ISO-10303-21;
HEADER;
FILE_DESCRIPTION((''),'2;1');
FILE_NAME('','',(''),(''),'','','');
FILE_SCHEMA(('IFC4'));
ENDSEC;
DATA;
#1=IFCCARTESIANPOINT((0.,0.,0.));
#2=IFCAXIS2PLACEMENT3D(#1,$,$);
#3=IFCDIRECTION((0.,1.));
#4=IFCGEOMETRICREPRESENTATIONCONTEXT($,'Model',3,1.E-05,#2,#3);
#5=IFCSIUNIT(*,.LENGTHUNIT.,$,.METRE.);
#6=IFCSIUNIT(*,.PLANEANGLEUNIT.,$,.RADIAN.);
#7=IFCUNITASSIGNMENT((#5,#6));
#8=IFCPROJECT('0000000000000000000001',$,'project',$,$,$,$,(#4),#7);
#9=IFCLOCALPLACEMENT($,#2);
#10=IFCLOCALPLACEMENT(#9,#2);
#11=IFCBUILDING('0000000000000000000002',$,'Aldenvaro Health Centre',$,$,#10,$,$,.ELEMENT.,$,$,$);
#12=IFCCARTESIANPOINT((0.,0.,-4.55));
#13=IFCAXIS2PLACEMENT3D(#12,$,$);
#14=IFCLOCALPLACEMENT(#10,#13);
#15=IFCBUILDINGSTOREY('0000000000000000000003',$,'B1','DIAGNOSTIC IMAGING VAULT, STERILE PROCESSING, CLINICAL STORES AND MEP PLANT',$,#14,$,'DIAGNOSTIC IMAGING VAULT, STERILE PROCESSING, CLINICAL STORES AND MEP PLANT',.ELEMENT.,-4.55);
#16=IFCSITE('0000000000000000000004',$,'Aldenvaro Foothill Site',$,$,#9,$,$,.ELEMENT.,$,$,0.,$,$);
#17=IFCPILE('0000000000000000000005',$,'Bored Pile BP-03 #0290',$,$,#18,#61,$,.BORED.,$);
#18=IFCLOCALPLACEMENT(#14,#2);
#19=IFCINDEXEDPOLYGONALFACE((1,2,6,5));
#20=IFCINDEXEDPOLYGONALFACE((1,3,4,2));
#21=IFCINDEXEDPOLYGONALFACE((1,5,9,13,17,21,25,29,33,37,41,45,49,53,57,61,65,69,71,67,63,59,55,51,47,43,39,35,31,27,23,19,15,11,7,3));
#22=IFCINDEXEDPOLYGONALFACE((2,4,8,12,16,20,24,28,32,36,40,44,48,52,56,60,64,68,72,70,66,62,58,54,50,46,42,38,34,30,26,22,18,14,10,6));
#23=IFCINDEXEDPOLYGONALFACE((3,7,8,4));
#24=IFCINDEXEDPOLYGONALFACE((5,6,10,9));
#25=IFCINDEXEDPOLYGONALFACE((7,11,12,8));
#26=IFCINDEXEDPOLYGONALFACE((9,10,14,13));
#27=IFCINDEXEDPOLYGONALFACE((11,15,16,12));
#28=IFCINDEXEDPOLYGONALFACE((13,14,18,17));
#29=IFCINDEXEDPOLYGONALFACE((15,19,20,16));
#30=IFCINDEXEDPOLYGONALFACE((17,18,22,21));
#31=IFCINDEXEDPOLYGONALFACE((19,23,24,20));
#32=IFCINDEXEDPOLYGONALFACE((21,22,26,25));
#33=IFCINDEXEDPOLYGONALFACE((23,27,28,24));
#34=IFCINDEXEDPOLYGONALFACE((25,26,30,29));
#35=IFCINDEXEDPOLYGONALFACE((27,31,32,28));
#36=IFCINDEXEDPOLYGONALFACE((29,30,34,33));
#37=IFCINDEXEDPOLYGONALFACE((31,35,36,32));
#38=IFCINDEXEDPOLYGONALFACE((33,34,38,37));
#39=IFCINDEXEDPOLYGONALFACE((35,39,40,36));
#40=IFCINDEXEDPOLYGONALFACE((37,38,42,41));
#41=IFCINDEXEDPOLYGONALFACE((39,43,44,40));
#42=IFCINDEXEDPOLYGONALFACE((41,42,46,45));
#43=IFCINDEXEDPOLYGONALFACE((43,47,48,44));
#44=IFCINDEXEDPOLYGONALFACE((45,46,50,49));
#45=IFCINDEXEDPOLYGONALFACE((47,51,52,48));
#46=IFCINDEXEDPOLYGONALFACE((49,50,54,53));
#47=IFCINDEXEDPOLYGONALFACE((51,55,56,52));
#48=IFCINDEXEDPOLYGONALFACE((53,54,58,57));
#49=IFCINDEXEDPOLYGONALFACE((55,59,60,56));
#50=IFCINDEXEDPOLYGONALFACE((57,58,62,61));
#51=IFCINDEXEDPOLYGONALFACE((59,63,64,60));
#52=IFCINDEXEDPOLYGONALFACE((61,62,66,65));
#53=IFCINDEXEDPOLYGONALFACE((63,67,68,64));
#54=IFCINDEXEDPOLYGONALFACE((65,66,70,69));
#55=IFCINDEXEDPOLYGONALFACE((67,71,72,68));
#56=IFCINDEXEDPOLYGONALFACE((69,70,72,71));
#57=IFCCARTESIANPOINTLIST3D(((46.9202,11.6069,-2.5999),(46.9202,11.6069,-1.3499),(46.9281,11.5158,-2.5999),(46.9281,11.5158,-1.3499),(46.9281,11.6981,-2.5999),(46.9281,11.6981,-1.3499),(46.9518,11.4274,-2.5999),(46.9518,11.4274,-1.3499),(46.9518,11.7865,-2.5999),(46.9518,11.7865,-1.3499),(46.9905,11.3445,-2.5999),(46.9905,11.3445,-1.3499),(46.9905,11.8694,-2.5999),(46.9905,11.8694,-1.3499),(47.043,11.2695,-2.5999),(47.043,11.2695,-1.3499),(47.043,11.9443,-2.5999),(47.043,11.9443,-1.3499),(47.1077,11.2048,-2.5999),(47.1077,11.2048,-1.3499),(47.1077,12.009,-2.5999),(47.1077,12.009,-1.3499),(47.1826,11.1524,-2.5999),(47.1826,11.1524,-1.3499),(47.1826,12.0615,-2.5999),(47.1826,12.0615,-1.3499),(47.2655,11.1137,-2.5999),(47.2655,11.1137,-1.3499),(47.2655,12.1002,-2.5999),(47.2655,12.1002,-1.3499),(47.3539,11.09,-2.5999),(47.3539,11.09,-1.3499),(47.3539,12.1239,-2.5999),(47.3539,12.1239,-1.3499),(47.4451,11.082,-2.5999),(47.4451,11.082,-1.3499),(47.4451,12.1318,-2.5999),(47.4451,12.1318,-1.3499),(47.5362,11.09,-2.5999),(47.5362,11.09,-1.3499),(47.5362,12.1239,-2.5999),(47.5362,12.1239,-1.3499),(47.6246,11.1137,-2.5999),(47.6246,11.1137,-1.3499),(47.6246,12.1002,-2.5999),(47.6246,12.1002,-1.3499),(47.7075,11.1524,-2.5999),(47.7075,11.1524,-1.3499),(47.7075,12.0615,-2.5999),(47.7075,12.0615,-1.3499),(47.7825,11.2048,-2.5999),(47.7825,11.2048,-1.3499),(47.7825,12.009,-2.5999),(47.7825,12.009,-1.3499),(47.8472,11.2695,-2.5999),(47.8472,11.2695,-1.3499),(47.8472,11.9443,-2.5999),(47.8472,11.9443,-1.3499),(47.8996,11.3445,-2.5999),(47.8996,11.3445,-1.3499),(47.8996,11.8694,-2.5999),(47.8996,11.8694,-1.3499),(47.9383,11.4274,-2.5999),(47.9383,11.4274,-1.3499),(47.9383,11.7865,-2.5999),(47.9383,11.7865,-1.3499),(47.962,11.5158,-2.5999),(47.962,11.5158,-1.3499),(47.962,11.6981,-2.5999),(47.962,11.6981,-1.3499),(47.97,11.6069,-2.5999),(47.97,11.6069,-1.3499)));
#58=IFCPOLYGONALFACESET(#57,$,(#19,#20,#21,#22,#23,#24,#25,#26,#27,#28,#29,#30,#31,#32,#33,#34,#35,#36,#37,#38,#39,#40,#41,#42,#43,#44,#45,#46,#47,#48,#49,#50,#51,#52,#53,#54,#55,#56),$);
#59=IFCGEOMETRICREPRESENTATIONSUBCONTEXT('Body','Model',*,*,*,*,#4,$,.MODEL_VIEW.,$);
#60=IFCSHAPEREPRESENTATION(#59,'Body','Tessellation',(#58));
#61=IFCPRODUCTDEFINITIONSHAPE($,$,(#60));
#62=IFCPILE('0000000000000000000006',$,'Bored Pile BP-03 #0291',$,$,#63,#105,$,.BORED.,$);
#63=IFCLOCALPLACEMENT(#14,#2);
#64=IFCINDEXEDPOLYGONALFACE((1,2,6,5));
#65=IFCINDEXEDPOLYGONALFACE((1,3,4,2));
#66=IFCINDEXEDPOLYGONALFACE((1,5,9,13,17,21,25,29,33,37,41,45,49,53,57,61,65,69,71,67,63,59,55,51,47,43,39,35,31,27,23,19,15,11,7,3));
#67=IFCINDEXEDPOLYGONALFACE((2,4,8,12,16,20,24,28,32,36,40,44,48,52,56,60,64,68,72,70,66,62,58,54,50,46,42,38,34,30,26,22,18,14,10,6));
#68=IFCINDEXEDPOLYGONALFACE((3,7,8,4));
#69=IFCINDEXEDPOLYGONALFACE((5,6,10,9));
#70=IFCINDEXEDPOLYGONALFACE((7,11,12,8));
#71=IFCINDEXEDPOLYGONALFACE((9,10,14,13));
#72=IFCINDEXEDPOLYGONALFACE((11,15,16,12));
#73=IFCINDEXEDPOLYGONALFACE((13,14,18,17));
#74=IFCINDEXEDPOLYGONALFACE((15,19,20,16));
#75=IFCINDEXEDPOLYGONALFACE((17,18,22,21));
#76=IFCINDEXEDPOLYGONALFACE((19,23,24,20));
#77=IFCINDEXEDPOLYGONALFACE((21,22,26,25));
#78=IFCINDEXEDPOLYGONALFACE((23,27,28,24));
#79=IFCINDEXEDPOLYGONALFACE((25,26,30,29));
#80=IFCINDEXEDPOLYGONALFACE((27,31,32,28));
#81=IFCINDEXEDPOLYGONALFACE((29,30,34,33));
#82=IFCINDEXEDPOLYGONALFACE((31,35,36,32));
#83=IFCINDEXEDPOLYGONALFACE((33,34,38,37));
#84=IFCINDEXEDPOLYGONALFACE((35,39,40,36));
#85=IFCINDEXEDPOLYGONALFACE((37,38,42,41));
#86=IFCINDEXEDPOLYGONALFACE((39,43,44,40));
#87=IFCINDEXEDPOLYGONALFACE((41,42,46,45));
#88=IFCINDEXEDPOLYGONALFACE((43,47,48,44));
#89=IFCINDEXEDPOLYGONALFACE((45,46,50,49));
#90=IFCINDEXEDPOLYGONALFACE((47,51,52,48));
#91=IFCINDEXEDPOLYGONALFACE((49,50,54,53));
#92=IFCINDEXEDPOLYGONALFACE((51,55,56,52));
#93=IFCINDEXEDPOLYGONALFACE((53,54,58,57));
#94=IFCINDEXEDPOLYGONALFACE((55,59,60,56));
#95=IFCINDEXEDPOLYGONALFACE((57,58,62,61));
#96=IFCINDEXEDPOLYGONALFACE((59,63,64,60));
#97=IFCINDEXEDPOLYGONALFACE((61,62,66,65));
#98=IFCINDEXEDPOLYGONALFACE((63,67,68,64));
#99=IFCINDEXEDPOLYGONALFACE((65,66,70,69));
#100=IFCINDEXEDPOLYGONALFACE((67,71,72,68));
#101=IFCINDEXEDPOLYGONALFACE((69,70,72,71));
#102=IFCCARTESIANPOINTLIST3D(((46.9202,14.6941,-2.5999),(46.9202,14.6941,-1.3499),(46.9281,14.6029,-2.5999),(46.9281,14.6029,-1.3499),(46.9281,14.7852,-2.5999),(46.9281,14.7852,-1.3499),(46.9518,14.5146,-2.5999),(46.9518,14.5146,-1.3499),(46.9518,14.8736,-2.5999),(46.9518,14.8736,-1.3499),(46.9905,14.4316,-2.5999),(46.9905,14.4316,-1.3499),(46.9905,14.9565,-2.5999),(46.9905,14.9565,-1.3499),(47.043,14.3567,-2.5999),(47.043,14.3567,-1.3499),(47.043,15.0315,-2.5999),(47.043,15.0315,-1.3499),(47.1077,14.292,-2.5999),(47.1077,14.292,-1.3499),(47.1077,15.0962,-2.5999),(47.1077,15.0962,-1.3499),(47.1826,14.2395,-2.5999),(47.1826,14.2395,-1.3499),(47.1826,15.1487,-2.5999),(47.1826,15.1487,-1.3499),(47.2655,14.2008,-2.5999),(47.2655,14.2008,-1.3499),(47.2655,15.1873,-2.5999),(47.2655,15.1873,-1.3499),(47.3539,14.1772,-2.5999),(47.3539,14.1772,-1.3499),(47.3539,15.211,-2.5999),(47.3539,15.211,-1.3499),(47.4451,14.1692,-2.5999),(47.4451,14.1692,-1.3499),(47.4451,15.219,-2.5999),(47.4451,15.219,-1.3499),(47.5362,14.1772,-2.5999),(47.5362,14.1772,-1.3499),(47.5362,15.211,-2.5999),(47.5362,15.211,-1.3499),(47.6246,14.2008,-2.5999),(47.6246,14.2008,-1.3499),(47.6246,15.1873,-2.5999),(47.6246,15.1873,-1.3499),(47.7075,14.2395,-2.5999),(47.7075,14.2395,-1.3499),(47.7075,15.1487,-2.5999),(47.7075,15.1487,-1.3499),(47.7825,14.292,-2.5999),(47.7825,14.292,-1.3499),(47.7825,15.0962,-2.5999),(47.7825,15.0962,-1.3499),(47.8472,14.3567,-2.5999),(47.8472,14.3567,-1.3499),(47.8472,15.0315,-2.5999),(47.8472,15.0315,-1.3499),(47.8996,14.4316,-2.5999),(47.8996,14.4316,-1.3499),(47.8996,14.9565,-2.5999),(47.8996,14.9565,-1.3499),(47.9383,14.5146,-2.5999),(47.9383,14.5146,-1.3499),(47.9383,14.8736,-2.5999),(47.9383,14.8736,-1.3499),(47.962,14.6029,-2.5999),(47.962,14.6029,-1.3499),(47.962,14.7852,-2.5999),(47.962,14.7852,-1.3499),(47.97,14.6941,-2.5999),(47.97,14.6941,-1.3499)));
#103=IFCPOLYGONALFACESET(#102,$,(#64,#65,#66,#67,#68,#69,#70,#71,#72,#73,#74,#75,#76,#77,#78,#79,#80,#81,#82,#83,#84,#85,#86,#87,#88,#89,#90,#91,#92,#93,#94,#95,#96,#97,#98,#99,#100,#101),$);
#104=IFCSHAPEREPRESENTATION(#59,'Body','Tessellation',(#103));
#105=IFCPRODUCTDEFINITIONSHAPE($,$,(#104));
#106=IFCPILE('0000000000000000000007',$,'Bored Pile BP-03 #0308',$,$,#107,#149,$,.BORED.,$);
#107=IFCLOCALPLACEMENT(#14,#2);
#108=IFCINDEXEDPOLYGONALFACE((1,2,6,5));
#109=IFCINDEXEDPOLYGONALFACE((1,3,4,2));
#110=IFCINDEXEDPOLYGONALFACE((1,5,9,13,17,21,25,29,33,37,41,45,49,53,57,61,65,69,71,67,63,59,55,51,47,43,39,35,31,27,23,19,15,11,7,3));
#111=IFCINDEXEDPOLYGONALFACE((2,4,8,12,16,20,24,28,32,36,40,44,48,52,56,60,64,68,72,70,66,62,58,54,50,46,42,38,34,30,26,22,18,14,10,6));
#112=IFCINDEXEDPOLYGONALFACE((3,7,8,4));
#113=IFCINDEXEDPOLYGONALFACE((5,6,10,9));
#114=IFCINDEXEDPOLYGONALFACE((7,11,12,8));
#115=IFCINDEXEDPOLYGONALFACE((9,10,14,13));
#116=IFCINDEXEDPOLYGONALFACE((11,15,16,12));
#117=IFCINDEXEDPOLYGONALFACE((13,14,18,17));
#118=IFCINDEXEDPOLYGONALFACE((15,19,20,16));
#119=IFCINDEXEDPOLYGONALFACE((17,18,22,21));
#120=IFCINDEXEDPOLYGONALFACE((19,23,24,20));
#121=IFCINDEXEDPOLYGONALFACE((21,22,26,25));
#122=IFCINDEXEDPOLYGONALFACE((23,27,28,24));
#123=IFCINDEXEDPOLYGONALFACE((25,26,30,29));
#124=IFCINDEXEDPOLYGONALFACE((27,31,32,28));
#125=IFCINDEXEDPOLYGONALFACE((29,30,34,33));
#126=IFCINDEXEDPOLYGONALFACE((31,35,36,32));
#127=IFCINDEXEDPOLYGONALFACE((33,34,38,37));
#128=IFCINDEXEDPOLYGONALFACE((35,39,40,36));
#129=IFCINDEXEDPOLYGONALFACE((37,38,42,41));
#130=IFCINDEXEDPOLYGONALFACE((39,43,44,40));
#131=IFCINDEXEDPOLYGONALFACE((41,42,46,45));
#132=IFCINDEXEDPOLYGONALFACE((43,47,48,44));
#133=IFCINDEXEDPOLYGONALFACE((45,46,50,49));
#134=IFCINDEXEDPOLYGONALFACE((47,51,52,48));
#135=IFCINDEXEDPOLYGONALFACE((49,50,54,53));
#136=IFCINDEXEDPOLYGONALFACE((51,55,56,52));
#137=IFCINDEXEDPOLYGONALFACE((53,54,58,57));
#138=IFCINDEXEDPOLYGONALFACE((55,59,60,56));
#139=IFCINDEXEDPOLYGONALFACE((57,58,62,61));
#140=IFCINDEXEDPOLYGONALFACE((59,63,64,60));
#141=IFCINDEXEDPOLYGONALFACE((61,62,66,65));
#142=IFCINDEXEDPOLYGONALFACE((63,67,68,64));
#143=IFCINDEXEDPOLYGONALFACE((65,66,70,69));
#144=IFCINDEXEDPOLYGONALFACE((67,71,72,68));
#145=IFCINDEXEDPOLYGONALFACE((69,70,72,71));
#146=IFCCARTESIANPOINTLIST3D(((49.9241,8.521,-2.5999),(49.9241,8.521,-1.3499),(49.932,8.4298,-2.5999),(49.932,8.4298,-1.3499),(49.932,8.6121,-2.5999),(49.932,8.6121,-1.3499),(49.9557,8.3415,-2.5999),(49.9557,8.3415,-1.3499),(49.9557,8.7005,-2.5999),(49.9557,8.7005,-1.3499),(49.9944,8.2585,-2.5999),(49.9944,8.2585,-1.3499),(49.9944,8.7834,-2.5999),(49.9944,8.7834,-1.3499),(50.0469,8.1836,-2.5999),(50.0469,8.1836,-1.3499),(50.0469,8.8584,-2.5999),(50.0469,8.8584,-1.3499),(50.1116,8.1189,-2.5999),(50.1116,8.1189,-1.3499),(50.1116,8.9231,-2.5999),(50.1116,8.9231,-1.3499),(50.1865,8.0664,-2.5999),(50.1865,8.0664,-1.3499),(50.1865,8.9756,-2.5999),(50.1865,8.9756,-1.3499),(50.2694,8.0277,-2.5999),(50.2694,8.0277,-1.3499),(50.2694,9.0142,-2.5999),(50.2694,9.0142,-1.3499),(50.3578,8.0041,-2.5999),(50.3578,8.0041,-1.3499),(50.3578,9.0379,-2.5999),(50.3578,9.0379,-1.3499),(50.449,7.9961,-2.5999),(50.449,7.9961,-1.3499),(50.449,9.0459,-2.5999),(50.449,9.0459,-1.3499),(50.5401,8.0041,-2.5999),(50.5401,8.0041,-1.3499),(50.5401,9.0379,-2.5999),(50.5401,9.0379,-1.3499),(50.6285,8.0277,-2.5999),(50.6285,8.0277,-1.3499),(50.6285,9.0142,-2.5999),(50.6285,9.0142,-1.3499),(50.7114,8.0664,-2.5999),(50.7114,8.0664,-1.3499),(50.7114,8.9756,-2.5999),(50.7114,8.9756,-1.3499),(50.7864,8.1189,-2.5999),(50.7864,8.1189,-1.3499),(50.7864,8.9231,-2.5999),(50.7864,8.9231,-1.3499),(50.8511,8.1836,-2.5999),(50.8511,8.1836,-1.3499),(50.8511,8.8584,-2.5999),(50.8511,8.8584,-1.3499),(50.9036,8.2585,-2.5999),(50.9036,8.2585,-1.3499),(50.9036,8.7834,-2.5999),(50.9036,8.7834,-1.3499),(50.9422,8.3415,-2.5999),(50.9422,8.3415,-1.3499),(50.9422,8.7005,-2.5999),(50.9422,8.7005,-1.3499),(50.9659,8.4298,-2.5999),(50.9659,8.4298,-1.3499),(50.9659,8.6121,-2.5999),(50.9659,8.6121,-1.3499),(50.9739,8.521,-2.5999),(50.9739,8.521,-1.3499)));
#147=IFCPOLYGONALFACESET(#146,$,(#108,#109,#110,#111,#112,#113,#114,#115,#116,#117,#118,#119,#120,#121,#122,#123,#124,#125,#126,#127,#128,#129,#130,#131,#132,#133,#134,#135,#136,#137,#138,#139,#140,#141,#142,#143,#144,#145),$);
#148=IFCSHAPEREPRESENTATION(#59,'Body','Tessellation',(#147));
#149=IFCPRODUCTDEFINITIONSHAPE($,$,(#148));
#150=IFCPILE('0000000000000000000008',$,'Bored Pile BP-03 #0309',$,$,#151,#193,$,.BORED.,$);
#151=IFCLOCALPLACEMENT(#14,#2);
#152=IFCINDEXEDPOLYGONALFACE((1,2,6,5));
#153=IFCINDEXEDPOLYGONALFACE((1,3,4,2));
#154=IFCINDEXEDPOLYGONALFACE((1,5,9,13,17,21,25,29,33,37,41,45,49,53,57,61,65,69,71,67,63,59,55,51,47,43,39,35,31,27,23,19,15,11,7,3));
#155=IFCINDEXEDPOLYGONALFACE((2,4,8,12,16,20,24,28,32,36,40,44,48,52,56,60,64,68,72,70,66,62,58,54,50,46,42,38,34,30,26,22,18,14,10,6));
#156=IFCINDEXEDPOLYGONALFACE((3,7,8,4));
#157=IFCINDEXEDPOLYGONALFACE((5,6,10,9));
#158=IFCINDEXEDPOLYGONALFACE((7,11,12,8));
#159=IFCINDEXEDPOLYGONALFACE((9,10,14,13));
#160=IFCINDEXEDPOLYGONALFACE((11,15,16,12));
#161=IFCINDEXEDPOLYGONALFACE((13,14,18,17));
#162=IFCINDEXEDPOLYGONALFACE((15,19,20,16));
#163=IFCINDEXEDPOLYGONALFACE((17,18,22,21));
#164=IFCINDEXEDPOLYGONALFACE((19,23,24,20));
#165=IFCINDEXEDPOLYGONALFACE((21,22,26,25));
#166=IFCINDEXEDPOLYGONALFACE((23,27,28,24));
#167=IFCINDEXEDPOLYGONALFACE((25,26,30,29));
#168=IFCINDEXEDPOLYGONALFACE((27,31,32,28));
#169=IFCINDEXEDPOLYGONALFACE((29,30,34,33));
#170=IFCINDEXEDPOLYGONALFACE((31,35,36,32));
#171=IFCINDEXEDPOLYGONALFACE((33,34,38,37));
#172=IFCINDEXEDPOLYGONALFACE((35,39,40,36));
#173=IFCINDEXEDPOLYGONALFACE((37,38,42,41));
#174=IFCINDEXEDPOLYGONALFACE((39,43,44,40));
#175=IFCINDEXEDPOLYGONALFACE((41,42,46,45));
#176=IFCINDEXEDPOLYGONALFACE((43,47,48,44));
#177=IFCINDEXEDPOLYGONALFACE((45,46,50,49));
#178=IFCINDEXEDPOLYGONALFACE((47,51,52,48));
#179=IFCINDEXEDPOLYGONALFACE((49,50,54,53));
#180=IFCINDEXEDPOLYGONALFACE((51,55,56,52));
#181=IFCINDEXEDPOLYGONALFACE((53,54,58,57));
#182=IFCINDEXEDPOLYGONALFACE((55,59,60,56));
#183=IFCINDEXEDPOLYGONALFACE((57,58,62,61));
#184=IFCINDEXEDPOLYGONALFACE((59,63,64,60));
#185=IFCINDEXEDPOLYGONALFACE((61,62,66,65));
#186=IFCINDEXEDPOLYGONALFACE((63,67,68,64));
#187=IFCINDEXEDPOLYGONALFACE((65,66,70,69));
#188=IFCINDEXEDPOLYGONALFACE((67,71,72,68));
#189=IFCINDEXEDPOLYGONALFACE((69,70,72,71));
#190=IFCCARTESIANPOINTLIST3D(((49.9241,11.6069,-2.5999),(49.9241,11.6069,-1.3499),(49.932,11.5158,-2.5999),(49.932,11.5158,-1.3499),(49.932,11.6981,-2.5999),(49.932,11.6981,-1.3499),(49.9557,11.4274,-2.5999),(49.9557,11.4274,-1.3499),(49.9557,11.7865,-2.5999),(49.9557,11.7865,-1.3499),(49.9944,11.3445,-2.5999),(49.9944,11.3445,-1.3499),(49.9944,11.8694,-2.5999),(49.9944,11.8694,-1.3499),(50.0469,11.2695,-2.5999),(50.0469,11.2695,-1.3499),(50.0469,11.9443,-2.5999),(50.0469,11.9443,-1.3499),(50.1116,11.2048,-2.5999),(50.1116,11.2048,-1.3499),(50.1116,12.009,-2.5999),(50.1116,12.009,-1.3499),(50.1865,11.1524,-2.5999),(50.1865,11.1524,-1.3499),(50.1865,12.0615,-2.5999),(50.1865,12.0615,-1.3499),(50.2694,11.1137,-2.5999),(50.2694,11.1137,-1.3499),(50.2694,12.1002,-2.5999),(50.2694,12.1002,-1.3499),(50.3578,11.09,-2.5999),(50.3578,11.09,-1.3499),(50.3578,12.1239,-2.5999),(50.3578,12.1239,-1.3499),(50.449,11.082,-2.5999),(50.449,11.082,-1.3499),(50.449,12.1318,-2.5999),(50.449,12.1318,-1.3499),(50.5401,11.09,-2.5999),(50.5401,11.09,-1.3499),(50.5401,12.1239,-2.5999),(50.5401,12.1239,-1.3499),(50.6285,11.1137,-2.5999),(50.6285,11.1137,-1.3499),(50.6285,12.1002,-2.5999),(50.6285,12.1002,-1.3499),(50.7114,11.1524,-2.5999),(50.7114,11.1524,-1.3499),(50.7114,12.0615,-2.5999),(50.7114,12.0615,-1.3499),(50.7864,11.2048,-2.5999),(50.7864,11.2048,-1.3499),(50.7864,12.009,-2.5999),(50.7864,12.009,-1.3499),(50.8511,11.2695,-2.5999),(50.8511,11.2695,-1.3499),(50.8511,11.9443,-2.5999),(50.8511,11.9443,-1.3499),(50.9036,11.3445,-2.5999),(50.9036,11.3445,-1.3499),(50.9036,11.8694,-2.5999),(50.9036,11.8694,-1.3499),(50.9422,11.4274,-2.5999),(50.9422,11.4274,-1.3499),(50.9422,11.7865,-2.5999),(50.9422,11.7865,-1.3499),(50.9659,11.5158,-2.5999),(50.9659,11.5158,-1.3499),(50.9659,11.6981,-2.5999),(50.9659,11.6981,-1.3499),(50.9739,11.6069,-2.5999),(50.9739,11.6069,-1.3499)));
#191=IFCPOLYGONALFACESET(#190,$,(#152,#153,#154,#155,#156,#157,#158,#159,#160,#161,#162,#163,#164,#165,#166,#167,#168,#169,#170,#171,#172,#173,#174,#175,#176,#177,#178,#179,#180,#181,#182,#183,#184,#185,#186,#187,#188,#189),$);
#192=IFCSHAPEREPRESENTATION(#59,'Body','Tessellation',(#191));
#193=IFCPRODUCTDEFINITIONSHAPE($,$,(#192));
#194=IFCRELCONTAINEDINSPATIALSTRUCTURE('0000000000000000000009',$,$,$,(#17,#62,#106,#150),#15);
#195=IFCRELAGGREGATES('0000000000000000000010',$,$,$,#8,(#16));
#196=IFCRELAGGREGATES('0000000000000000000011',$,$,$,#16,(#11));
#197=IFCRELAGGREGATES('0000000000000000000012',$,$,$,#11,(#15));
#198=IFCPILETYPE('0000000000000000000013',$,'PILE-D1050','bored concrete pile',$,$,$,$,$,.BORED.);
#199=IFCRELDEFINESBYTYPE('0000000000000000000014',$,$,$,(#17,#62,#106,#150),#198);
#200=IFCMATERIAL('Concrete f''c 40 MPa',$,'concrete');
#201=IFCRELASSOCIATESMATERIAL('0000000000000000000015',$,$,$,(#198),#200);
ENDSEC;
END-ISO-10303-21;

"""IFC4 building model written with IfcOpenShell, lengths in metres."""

from ifc_helpers import new_model, si_unit, direction, frame, origin, origin_2d, place, context, subcontext, project, spatial, circle, extrude, material, material_profile, profile_set, type_object, element, save


model = new_model("IFC4")

# Units and contexts
model_context = context("Model", 3, precision=1e-05, world=origin(), true_north=direction((0.0, 1.0)))
body_context = subcontext(model_context, "Body", "Model", "MODEL_VIEW")
ifc_project = project(units=[si_unit("LENGTHUNIT", "METRE"), si_unit("PLANEANGLEUNIT", "RADIAN")], contexts=[model_context])

# Site, building, storey
site_placement = place(None, origin())
site = spatial("IfcSite", under=ifc_project, at=site_placement, Name="Aldenvaro Foothill Site", CompositionType="ELEMENT", RefElevation=0.0)
building_placement = place(site_placement, origin())
building = spatial("IfcBuilding", under=site, at=building_placement, Name="Aldenvaro Health Centre", CompositionType="ELEMENT")
storey_placement = place(building_placement, frame((0.0, 0.0, -4.55)))
storey = spatial("IfcBuildingStorey", under=building, at=storey_placement, Name="B1", Description="DIAGNOSTIC IMAGING VAULT, STERILE PROCESSING, CLINICAL STORES AND MEP PLANT", LongName="DIAGNOSTIC IMAGING VAULT, STERILE PROCESSING, CLINICAL STORES AND MEP PLANT", CompositionType="ELEMENT", Elevation=-4.55)

# Piles
ifc_material_1 = material(Name="Concrete f'c 40 MPa", Category="concrete")
ifc_material_profile_1 = material_profile(ifc_material_1, circle(Radius=0.5249, at=origin_2d()), Name="PILE D1050", Category="concrete")
ifc_profile_set_1 = profile_set([ifc_material_profile_1], Name="Concrete f'c 40 MPa")
pile_type = type_object("IfcPileType", Name="PILE-D1050", Description="bored concrete pile", PredefinedType="BORED", material=ifc_profile_set_1)
for number, where, z_axis, x_axis, name in (
    (1, (47.4451, 11.6069, -1.3499), (0.0, 0.0, -1.0), (1.0, 0.0, 0.0), "Bored Pile BP-03 #0290"),
    (2, (47.4451, 14.6941, -1.3499), (0.0, 0.0, -1.0), (1.0, 0.0, 0.0), "Bored Pile BP-03 #0291"),
    (3, (50.449, 8.521, -1.3499), (0.0, 0.0, -1.0), (1.0, 0.0, 0.0), "Bored Pile BP-03 #0308"),
    (4, (50.449, 11.6069, -1.3499), (0.0, 0.0, -1.0), (1.0, 0.0, 0.0), "Bored Pile BP-03 #0309"),
):
    element("IfcPile", number, at=place(storey_placement, frame(where, z_axis=z_axis, x_axis=x_axis)), inside=storey, type_object=pile_type, Name=name, PredefinedType="BORED", context=body_context, shape_type="SweptSolid", body=[
        extrude(circle(Radius=0.5249, at=origin_2d()), origin(), (0.0, 0.0, 1.0), 1.25),
    ])

save(model, "model.ifc")
